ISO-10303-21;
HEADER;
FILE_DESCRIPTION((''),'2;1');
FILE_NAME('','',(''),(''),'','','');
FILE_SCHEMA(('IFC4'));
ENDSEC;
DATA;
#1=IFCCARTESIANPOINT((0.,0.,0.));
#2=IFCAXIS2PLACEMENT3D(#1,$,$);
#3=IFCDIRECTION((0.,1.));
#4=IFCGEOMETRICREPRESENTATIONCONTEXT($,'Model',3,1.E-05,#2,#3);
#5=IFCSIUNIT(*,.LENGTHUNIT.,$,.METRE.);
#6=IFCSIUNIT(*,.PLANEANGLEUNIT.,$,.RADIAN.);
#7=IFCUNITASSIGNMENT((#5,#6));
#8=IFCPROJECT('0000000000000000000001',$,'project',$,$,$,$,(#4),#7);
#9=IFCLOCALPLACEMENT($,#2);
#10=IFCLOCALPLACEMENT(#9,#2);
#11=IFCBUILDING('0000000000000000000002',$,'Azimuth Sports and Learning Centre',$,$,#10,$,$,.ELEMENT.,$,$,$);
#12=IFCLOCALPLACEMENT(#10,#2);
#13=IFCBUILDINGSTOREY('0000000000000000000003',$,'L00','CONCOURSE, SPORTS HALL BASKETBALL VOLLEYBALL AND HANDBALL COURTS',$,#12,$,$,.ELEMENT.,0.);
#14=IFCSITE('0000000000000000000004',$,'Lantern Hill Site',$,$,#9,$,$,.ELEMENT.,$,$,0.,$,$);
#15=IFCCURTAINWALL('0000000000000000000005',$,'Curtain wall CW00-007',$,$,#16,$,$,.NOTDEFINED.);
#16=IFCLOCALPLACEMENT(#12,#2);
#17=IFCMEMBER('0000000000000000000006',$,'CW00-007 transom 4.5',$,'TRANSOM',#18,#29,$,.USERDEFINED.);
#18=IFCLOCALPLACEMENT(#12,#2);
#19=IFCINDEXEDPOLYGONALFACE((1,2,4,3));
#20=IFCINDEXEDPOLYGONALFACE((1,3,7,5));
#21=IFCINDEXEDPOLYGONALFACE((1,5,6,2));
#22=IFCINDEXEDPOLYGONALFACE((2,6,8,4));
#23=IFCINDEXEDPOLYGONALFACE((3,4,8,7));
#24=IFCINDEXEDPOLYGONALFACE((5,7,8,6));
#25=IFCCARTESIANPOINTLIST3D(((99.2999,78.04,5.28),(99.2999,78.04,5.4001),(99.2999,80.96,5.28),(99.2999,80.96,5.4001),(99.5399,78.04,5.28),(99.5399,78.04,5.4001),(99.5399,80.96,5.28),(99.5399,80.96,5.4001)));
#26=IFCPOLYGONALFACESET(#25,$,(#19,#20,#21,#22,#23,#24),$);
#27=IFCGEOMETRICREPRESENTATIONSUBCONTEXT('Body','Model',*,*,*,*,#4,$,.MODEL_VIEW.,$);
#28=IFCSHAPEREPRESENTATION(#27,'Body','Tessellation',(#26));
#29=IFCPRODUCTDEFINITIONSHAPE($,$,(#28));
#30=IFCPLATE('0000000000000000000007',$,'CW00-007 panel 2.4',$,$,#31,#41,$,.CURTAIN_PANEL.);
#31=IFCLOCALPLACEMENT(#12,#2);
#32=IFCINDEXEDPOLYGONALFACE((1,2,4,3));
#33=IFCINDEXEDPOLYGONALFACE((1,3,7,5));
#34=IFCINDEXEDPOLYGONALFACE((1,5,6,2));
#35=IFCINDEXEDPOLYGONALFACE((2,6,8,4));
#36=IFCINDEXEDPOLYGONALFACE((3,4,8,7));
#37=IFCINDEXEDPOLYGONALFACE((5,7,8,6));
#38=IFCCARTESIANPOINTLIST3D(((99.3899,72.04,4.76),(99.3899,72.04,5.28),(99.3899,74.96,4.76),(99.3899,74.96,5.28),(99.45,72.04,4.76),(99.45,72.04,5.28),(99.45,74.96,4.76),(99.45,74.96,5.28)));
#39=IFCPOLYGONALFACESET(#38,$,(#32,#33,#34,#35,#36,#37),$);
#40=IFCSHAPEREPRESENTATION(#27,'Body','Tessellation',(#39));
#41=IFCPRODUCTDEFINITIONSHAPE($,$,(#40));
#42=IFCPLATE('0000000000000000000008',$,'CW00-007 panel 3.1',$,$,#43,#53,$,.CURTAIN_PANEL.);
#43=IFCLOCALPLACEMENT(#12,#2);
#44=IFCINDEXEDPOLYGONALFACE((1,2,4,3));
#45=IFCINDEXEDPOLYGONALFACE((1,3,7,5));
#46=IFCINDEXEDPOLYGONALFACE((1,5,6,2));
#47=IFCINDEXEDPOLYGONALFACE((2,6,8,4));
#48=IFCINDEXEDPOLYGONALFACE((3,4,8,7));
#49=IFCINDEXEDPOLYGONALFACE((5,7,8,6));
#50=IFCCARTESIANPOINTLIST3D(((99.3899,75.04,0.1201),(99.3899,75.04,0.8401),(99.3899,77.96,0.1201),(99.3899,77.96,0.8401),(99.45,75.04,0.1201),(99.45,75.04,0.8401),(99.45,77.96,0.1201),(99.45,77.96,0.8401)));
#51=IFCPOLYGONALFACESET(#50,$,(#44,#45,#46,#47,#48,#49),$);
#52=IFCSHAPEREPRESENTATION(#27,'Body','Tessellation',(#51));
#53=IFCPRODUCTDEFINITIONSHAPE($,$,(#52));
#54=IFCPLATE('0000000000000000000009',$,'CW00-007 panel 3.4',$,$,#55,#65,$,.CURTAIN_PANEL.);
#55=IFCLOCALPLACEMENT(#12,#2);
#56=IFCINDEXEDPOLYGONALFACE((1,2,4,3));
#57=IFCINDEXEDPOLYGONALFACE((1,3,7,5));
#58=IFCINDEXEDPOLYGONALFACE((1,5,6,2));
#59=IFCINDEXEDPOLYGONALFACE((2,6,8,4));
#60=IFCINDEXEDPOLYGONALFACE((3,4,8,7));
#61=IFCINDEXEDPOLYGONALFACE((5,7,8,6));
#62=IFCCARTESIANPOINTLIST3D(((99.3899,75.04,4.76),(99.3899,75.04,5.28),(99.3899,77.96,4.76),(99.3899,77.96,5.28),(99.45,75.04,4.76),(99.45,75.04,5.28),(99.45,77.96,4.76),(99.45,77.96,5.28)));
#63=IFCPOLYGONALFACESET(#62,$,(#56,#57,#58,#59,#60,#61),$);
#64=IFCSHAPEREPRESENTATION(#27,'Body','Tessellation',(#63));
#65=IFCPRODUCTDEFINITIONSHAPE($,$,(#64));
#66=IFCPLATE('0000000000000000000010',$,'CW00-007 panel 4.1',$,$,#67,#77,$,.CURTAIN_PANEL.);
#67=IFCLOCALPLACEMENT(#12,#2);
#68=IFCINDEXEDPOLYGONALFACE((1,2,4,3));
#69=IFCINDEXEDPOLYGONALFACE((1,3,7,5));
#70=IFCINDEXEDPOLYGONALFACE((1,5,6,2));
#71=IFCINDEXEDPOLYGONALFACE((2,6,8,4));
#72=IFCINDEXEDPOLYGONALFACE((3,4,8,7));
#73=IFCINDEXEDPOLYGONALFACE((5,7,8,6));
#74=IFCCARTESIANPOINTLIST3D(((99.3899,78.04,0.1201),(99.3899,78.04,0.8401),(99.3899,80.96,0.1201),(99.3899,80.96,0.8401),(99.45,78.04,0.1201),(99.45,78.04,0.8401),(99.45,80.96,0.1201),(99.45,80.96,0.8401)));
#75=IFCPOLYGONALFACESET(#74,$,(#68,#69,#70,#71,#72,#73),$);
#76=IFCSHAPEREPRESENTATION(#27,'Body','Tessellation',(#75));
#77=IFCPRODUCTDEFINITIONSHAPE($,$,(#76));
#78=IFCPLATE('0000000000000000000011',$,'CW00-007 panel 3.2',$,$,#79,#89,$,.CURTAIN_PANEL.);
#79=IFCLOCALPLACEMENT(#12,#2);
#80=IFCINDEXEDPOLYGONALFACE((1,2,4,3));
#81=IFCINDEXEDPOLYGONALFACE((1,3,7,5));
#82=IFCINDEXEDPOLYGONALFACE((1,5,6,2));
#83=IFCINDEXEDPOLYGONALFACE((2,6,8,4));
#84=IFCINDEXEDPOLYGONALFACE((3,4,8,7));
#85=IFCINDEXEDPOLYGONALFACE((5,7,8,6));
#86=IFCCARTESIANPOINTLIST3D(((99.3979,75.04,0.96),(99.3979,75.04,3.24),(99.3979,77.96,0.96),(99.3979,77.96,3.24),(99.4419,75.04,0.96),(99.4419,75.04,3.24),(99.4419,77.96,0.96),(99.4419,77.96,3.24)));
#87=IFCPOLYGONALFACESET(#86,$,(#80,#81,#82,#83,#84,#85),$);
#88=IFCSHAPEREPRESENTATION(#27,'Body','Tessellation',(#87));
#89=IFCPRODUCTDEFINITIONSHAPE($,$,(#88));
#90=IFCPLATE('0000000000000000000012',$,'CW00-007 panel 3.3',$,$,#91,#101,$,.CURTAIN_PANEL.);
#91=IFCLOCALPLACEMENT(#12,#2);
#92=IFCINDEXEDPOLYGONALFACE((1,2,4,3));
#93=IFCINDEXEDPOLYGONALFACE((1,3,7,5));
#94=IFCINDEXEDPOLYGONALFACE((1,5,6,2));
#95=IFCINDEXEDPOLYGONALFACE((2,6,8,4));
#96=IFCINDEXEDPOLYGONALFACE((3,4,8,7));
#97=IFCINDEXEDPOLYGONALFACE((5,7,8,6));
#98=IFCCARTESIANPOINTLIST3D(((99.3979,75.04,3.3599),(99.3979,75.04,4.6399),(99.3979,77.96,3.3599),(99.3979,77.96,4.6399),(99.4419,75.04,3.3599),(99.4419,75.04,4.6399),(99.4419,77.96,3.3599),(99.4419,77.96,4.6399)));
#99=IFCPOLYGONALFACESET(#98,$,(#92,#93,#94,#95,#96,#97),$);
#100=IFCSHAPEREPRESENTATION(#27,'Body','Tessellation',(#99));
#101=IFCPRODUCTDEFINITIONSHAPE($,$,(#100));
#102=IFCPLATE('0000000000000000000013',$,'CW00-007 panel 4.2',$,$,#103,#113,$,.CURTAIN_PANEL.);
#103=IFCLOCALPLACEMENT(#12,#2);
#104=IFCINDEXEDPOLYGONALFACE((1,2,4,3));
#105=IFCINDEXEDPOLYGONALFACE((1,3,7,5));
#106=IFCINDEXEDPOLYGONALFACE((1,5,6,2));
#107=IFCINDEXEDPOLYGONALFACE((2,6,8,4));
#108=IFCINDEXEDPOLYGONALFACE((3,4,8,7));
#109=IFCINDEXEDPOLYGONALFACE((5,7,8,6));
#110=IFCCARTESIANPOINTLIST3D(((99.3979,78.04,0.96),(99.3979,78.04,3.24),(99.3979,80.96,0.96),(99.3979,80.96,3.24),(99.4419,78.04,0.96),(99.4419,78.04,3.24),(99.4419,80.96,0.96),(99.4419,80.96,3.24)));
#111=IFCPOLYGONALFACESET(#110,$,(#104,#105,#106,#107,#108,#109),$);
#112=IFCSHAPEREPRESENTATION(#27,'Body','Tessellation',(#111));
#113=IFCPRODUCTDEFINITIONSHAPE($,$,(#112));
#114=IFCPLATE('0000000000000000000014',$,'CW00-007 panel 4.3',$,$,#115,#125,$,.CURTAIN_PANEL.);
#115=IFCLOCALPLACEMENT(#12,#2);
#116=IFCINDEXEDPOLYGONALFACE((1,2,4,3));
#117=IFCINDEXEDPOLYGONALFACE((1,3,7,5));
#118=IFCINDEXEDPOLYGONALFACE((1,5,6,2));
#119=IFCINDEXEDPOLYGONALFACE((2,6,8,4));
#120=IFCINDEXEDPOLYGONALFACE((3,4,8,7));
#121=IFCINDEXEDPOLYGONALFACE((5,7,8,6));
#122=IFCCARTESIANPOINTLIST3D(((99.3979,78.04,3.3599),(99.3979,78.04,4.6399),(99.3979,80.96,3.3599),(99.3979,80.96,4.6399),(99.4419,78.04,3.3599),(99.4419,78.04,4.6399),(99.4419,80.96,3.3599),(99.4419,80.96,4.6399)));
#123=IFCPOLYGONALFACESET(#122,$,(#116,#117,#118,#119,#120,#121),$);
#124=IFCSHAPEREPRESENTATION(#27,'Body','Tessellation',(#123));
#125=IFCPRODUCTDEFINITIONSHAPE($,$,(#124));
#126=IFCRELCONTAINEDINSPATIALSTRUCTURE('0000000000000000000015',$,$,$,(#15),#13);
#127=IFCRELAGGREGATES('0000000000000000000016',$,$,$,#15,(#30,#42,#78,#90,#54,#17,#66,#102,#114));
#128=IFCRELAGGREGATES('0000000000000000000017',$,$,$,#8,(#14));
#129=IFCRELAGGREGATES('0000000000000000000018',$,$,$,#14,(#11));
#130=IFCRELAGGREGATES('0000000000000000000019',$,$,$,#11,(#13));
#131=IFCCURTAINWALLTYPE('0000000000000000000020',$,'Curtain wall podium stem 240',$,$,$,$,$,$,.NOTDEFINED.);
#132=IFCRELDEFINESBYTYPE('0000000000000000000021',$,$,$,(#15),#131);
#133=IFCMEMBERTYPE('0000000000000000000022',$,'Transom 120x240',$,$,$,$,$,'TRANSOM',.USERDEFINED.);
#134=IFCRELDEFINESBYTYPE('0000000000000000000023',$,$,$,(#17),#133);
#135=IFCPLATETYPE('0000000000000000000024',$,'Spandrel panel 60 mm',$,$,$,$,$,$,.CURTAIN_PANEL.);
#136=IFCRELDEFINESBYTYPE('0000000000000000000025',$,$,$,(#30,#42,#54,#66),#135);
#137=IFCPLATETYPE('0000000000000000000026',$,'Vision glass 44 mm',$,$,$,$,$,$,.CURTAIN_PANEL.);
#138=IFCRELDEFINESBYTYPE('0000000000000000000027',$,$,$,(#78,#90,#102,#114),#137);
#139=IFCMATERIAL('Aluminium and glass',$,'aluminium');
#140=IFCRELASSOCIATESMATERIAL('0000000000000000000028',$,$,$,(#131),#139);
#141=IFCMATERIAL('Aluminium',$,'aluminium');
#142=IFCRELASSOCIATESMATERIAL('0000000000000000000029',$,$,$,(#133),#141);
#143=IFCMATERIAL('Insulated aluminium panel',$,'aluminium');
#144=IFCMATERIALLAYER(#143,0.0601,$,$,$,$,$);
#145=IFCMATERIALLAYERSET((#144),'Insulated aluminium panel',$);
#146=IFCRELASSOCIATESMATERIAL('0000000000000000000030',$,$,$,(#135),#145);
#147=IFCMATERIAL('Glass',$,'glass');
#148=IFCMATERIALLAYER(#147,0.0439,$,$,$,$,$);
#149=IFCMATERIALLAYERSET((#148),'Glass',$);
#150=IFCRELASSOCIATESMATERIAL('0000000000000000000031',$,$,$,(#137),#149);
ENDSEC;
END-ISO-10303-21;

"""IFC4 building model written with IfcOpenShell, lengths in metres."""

from ifc_helpers import new_model, si_unit, direction, frame, origin, origin_2d, place, context, subcontext, project, spatial, rectangle, extrude, material, layer, layer_set, material_profile, profile_set, type_object, element, aggregate, save


model = new_model("IFC4")

# Units and contexts
model_context = context("Model", 3, precision=1e-05, world=origin(), true_north=direction((0.0, 1.0)))
body_context = subcontext(model_context, "Body", "Model", "MODEL_VIEW")
ifc_project = project(units=[si_unit("LENGTHUNIT", "METRE"), si_unit("PLANEANGLEUNIT", "RADIAN")], contexts=[model_context])

# Site, building, storey
site_placement = place(None, origin())
site = spatial("IfcSite", under=ifc_project, at=site_placement, Name="Lantern Hill Site", CompositionType="ELEMENT", RefElevation=0.0)
building_placement = place(site_placement, origin())
building = spatial("IfcBuilding", under=site, at=building_placement, Name="Azimuth Sports and Learning Centre", CompositionType="ELEMENT")
storey_placement = place(building_placement, origin())
storey = spatial("IfcBuildingStorey", under=building, at=storey_placement, Name="L00", Description="CONCOURSE, SPORTS HALL BASKETBALL VOLLEYBALL AND HANDBALL COURTS", CompositionType="ELEMENT", Elevation=0.0)

# Curtain wall, member, plates
ifc_material_1 = material(Name="Aluminium and glass", Category="aluminium")
curtain_wall_type = type_object("IfcCurtainWallType", Name="Curtain wall podium stem 240", PredefinedType="NOTDEFINED", material=ifc_material_1)
curtain_wall_placement = place(storey_placement, origin())
curtain_wall = element("IfcCurtainWall", 1, at=curtain_wall_placement, inside=storey, type_object=curtain_wall_type, Name="Curtain wall CW00-007", PredefinedType="NOTDEFINED")
ifc_material_2 = material(Name="Aluminium", Category="aluminium")
ifc_material_profile_1 = material_profile(ifc_material_2, rectangle(XDim=0.24, YDim=0.1201, at=origin_2d()), Name="Transom 120x240")
ifc_profile_set_1 = profile_set([ifc_material_profile_1], Name="Aluminium")
member_type_1 = type_object("IfcMemberType", Name="Transom 120x240", ElementType="TRANSOM", PredefinedType="USERDEFINED", material=ifc_profile_set_1)
member_1_placement = place(storey_placement, frame((99.4199, 78.04, 5.3401), z_axis=(0.0, 1.0, 0.0), x_axis=(-1.0, 0.0, 0.0)))
member_1 = element("IfcMember", 2, at=member_1_placement, type_object=member_type_1, Name="CW00-007 transom 4.5", ObjectType="TRANSOM", PredefinedType="USERDEFINED", context=body_context, shape_type="SweptSolid", body=[
    extrude(rectangle(XDim=0.24, YDim=0.1201, at=origin_2d()), origin(), (0.0, 0.0, 1.0), 2.9199),
])
ifc_material_3 = material(Name="Insulated aluminium panel", Category="aluminium")
ifc_layer_1 = layer(ifc_material_3, 0.0601)
ifc_layer_set_1 = layer_set([ifc_layer_1], Name="Insulated aluminium panel")
plate_type_1 = type_object("IfcPlateType", Name="Spandrel panel 60 mm", PredefinedType="CURTAIN_PANEL", material=ifc_layer_set_1)
plate_1_placement = place(storey_placement, frame((99.4199, 73.5, 4.76), z_axis=(0.0, 0.0, 1.0), x_axis=(0.0, 1.0, 0.0)))
plate_1 = element("IfcPlate", 3, at=plate_1_placement, type_object=plate_type_1, Name="CW00-007 panel 2.4", PredefinedType="CURTAIN_PANEL", context=body_context, shape_type="SweptSolid", body=[
    extrude(rectangle(XDim=2.9199, YDim=0.0601, at=origin_2d()), origin(), (0.0, 0.0, 1.0), 0.52),
])
plate_2_placement = place(storey_placement, frame((99.4199, 76.5, 0.1201), z_axis=(0.0, 0.0, 1.0), x_axis=(0.0, 1.0, 0.0)))
plate_2 = element("IfcPlate", 4, at=plate_2_placement, type_object=plate_type_1, Name="CW00-007 panel 3.1", PredefinedType="CURTAIN_PANEL", context=body_context, shape_type="SweptSolid", body=[
    extrude(rectangle(XDim=2.9199, YDim=0.0601, at=origin_2d()), origin(), (0.0, 0.0, 1.0), 0.72),
])
plate_3_placement = place(storey_placement, frame((99.4199, 76.5, 4.76), z_axis=(0.0, 0.0, 1.0), x_axis=(0.0, 1.0, 0.0)))
plate_3 = element("IfcPlate", 5, at=plate_3_placement, type_object=plate_type_1, Name="CW00-007 panel 3.4", PredefinedType="CURTAIN_PANEL", context=body_context, shape_type="SweptSolid", body=[
    extrude(rectangle(XDim=2.9199, YDim=0.0601, at=origin_2d()), origin(), (0.0, 0.0, 1.0), 0.52),
])
plate_4_placement = place(storey_placement, frame((99.4199, 79.5, 0.1201), z_axis=(0.0, 0.0, 1.0), x_axis=(0.0, 1.0, 0.0)))
plate_4 = element("IfcPlate", 6, at=plate_4_placement, type_object=plate_type_1, Name="CW00-007 panel 4.1", PredefinedType="CURTAIN_PANEL", context=body_context, shape_type="SweptSolid", body=[
    extrude(rectangle(XDim=2.9199, YDim=0.0601, at=origin_2d()), origin(), (0.0, 0.0, 1.0), 0.72),
])
ifc_material_4 = material(Name="Glass", Category="glass")
ifc_layer_2 = layer(ifc_material_4, 0.0439)
ifc_layer_set_2 = layer_set([ifc_layer_2], Name="Glass")
plate_type_2 = type_object("IfcPlateType", Name="Vision glass 44 mm", PredefinedType="CURTAIN_PANEL", material=ifc_layer_set_2)
plate_5_placement = place(storey_placement, frame((99.4199, 76.5, 0.96), z_axis=(0.0, 0.0, 1.0), x_axis=(0.0, 1.0, 0.0)))
plate_5 = element("IfcPlate", 7, at=plate_5_placement, type_object=plate_type_2, Name="CW00-007 panel 3.2", PredefinedType="CURTAIN_PANEL", context=body_context, shape_type="SweptSolid", body=[
    extrude(rectangle(XDim=2.9199, YDim=0.0439, at=origin_2d()), origin(), (0.0, 0.0, 1.0), 2.28),
])
plate_6_placement = place(storey_placement, frame((99.4199, 76.5, 3.3599), z_axis=(0.0, 0.0, 1.0), x_axis=(0.0, 1.0, 0.0)))
plate_6 = element("IfcPlate", 8, at=plate_6_placement, type_object=plate_type_2, Name="CW00-007 panel 3.3", PredefinedType="CURTAIN_PANEL", context=body_context, shape_type="SweptSolid", body=[
    extrude(rectangle(XDim=2.9199, YDim=0.0439, at=origin_2d()), origin(), (0.0, 0.0, 1.0), 1.28),
])
plate_7_placement = place(storey_placement, frame((99.4199, 79.5, 0.96), z_axis=(0.0, 0.0, 1.0), x_axis=(0.0, 1.0, 0.0)))
plate_7 = element("IfcPlate", 9, at=plate_7_placement, type_object=plate_type_2, Name="CW00-007 panel 4.2", PredefinedType="CURTAIN_PANEL", context=body_context, shape_type="SweptSolid", body=[
    extrude(rectangle(XDim=2.9199, YDim=0.0439, at=origin_2d()), origin(), (0.0, 0.0, 1.0), 2.28),
])
plate_8_placement = place(storey_placement, frame((99.4199, 79.5, 3.3599), z_axis=(0.0, 0.0, 1.0), x_axis=(0.0, 1.0, 0.0)))
plate_8 = element("IfcPlate", 10, at=plate_8_placement, type_object=plate_type_2, Name="CW00-007 panel 4.3", PredefinedType="CURTAIN_PANEL", context=body_context, shape_type="SweptSolid", body=[
    extrude(rectangle(XDim=2.9199, YDim=0.0439, at=origin_2d()), origin(), (0.0, 0.0, 1.0), 1.28),
])
aggregate(curtain_wall, [plate_1, plate_2, plate_5, plate_6, plate_3, member_1, plate_4, plate_7, plate_8])

save(model, "model.ifc")
